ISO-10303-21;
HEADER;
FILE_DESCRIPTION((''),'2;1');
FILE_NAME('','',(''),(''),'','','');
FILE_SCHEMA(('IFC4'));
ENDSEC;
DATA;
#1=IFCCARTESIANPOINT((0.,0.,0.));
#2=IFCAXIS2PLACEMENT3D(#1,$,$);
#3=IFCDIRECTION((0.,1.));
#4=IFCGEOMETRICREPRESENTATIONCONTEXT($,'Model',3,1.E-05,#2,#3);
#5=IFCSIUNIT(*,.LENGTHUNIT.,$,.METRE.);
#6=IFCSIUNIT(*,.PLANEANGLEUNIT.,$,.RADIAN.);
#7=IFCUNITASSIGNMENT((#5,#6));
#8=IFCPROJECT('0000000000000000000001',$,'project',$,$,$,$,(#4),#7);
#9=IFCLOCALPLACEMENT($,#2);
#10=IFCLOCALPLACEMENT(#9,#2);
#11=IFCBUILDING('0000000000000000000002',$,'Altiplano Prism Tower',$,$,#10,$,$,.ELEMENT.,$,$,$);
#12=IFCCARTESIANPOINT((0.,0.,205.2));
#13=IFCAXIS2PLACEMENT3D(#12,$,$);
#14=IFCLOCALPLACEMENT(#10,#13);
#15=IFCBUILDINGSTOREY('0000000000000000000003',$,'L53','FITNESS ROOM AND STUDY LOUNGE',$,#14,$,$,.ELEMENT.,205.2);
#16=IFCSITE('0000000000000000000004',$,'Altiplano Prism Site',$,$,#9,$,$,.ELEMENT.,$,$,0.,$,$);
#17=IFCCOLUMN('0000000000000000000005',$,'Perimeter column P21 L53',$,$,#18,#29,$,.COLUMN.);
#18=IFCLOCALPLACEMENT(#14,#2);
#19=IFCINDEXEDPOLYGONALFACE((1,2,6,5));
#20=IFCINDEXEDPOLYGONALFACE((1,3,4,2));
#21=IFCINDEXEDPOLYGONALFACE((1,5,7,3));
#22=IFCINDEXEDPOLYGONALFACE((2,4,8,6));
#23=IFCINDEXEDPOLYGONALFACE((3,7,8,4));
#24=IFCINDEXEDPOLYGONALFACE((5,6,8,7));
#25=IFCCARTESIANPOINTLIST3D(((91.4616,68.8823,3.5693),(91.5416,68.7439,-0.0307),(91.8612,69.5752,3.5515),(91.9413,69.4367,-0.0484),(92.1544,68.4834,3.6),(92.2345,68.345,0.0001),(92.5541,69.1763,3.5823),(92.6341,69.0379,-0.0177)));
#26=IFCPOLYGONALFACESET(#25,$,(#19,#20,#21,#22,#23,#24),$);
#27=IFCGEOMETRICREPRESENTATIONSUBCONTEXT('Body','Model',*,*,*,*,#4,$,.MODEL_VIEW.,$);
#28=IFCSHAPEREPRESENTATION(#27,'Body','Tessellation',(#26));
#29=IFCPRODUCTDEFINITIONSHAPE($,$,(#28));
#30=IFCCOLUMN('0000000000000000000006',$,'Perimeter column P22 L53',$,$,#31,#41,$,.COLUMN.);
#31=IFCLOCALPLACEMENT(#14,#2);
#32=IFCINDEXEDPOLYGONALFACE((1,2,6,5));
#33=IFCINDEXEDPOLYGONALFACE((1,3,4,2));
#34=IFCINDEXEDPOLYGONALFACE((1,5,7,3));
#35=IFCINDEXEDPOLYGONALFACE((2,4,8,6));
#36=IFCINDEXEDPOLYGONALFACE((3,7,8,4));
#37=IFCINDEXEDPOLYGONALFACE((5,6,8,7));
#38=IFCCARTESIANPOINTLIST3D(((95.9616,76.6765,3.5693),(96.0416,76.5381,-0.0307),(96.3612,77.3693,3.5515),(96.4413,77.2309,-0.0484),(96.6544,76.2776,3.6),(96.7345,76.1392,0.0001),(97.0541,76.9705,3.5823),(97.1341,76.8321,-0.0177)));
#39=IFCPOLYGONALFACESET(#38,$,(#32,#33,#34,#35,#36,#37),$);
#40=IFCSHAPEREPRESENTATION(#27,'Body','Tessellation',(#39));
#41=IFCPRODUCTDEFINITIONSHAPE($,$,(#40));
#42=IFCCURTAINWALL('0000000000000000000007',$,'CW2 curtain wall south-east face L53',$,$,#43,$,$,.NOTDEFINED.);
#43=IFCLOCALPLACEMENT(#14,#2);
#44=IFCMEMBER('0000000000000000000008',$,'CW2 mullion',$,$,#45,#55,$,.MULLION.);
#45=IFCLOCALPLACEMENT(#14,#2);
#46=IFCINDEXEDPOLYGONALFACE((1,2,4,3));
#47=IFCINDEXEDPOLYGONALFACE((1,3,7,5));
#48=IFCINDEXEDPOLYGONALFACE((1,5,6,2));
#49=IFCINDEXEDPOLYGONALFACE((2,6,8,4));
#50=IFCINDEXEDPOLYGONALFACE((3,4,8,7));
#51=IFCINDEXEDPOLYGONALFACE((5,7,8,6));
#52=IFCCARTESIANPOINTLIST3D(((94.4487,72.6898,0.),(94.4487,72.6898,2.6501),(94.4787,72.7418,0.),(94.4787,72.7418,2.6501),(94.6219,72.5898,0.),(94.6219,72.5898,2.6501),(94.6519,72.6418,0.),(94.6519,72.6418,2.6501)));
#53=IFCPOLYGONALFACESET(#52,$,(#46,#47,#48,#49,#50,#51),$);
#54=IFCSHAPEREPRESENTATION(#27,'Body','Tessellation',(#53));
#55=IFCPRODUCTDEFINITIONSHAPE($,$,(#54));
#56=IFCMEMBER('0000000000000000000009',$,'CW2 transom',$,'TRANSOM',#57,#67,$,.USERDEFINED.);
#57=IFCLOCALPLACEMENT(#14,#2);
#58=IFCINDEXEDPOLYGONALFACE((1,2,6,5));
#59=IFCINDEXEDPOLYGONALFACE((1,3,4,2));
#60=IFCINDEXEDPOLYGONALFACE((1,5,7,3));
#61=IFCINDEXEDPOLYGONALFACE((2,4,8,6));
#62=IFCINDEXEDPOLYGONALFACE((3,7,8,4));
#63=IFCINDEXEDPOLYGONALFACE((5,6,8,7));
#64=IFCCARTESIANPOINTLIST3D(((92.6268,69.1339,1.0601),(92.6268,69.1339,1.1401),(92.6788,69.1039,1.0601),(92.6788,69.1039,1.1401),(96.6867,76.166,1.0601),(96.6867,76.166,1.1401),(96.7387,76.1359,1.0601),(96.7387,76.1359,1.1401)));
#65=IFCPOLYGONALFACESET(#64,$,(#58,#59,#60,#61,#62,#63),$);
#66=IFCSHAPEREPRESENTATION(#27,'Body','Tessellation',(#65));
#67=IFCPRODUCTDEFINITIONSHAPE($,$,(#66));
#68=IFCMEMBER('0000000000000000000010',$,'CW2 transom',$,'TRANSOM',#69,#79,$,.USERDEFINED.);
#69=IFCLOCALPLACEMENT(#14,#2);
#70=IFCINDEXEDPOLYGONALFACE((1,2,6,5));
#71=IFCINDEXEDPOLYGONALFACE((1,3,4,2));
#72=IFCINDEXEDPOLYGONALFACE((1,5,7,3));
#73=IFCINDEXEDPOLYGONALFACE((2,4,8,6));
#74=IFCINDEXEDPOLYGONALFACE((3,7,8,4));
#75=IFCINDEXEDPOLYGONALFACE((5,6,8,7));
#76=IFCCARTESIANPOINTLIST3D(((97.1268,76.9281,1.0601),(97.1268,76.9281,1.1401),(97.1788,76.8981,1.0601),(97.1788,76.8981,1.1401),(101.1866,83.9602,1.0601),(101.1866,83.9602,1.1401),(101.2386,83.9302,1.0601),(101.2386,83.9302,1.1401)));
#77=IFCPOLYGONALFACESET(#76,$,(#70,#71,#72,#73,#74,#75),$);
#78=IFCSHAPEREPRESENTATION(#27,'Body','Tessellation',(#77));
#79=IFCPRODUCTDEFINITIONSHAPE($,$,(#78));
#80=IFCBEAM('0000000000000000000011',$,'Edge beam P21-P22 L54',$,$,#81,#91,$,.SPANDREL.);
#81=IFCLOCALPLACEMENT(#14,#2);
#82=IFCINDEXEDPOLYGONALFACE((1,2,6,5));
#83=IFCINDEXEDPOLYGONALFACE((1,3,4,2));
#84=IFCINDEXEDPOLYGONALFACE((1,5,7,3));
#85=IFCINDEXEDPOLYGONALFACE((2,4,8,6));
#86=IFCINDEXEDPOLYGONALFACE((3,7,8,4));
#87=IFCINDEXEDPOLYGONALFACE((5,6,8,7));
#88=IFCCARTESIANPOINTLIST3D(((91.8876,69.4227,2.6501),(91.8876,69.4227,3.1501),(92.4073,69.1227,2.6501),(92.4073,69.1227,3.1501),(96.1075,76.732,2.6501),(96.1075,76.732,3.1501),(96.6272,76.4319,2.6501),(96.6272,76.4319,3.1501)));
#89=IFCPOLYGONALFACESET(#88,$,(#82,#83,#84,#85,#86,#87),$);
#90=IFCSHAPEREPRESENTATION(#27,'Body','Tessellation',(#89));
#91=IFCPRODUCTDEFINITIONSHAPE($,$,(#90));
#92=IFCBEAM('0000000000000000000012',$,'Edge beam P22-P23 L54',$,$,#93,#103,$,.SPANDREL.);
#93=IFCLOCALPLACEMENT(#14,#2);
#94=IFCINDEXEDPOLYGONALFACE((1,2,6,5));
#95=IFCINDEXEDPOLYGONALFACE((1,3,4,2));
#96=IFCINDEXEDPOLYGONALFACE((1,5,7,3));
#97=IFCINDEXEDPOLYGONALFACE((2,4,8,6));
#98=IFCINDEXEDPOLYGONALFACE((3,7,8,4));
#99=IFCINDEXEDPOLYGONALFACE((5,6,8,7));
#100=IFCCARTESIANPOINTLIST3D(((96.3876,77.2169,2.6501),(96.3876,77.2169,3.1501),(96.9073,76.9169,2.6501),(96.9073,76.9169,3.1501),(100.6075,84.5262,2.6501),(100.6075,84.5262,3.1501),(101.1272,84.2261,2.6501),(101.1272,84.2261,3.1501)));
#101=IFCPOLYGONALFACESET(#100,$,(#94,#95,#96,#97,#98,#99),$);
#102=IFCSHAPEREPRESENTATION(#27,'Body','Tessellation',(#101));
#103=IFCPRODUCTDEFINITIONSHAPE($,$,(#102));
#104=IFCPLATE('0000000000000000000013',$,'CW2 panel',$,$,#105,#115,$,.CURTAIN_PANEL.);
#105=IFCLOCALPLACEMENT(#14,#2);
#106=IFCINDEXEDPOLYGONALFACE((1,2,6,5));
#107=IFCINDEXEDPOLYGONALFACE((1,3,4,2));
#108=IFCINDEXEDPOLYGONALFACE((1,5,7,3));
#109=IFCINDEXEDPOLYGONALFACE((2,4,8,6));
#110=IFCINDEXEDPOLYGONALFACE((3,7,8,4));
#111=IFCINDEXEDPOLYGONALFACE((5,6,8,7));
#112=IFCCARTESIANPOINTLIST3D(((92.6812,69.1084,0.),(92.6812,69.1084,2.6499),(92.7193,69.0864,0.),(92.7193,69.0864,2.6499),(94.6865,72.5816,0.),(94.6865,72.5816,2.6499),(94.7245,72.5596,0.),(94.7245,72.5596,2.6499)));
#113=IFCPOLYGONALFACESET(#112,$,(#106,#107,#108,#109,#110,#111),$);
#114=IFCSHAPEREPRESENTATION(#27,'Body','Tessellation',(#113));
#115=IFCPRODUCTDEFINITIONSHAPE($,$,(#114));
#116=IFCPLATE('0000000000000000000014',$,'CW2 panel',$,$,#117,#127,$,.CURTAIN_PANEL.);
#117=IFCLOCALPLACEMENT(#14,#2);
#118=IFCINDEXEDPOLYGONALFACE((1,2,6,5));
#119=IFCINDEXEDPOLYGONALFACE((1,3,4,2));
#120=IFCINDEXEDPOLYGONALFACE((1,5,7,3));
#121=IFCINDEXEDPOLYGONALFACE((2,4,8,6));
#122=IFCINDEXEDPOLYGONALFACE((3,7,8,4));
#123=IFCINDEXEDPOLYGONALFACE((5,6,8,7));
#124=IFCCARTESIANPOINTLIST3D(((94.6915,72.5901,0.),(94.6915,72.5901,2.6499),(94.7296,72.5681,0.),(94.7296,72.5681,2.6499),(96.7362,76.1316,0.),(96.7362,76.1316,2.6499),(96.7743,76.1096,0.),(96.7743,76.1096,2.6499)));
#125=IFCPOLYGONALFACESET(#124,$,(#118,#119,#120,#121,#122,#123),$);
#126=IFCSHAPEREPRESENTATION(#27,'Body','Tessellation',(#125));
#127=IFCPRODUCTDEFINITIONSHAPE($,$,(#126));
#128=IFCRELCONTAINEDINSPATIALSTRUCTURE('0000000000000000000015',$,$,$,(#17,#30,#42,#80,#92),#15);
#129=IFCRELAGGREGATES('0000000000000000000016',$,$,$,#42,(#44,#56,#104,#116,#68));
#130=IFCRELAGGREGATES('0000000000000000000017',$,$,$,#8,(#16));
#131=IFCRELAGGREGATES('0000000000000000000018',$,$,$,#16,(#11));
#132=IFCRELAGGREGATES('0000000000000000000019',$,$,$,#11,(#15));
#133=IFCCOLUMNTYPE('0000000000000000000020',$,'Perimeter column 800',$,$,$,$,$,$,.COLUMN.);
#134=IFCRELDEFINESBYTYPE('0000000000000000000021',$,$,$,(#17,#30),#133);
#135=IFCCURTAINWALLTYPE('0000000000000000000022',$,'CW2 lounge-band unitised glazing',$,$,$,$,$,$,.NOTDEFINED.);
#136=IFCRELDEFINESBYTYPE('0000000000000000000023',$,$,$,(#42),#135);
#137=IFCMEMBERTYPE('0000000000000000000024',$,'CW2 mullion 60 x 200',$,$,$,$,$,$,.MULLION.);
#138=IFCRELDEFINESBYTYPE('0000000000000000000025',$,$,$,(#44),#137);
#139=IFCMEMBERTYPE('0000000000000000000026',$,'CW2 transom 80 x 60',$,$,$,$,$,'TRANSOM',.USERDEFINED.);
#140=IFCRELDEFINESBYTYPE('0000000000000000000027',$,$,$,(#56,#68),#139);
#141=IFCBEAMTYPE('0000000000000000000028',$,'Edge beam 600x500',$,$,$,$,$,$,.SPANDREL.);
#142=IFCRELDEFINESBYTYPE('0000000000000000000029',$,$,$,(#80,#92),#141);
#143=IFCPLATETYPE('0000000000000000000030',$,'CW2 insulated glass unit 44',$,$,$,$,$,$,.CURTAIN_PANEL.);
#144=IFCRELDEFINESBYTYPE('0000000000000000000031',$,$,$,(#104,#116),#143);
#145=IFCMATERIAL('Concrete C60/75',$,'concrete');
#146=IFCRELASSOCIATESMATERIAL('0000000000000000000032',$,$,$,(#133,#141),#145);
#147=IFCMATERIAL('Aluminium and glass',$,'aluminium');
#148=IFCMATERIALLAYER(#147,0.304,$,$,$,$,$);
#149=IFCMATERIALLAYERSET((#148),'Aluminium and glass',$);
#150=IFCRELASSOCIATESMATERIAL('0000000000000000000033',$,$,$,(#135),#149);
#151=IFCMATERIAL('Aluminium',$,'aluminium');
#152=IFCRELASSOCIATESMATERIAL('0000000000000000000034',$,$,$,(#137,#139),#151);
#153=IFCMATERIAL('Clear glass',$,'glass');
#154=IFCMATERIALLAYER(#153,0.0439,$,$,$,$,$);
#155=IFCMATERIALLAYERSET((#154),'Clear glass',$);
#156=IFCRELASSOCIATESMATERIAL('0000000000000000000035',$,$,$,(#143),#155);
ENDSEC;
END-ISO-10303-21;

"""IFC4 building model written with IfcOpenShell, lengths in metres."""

from ifc_helpers import new_model, si_unit, direction, frame, origin, origin_2d, place, context, subcontext, project, spatial, rectangle, extrude, material, layer, layer_set, material_profile, profile_set, type_object, element, aggregate, save


model = new_model("IFC4")

# Units and contexts
model_context = context("Model", 3, precision=1e-05, world=origin(), true_north=direction((0.0, 1.0)))
body_context = subcontext(model_context, "Body", "Model", "MODEL_VIEW")
ifc_project = project(units=[si_unit("LENGTHUNIT", "METRE"), si_unit("PLANEANGLEUNIT", "RADIAN")], contexts=[model_context])

# Site, building, storey
site_placement = place(None, origin())
site = spatial("IfcSite", under=ifc_project, at=site_placement, Name="Altiplano Prism Site", CompositionType="ELEMENT", RefElevation=0.0)
building_placement = place(site_placement, origin())
building = spatial("IfcBuilding", under=site, at=building_placement, Name="Altiplano Prism Tower", CompositionType="ELEMENT")
storey_placement = place(building_placement, frame((0.0, 0.0, 205.2)))
storey = spatial("IfcBuildingStorey", under=building, at=storey_placement, Name="L53", Description="FITNESS ROOM AND STUDY LOUNGE", CompositionType="ELEMENT", Elevation=205.2)

# Columns
ifc_material_1 = material(Name="Concrete C60/75", Category="concrete")
ifc_material_profile_1 = material_profile(ifc_material_1, rectangle(XDim=0.8, YDim=0.8, at=origin_2d()), Name="Perimeter column 800")
ifc_profile_set_1 = profile_set([ifc_material_profile_1], Name="Concrete C60/75")
column_type = type_object("IfcColumnType", Name="Perimeter column 800", PredefinedType="COLUMN", material=ifc_profile_set_1)
for number, where, z_axis, x_axis, name in (
    (1, (92.0879, 68.8909, -0.0242), (-0.022223, 0.038416, 0.999015), (-0.499513, -0.866022, 0.02219), "Perimeter column P21 L53"),
    (2, (96.5879, 76.6851, -0.0242), (-0.022223, 0.038416, 0.999015), (-0.499513, -0.866022, 0.02219), "Perimeter column P22 L53"),
):
    element("IfcColumn", number, at=place(storey_placement, frame(where, z_axis=z_axis, x_axis=x_axis)), inside=storey, type_object=column_type, Name=name, PredefinedType="COLUMN", context=body_context, shape_type="SweptSolid", body=[
        extrude(rectangle(XDim=0.8, YDim=0.8, at=origin_2d()), origin(), (0.0, 0.0, 1.0), 3.6035),
    ])

# Curtain wall, members
ifc_material_2 = material(Name="Aluminium and glass", Category="aluminium")
ifc_layer_1 = layer(ifc_material_2, 0.304)
ifc_layer_set_1 = layer_set([ifc_layer_1], Name="Aluminium and glass")
curtain_wall_type = type_object("IfcCurtainWallType", Name="CW2 lounge-band unitised glazing", PredefinedType="NOTDEFINED", material=ifc_layer_set_1)
curtain_wall_placement = place(storey_placement, origin())
curtain_wall = element("IfcCurtainWall", 3, at=curtain_wall_placement, inside=storey, type_object=curtain_wall_type, Name="CW2 curtain wall south-east face L53", PredefinedType="NOTDEFINED")
ifc_material_3 = material(Name="Aluminium", Category="aluminium")
ifc_material_profile_2 = material_profile(ifc_material_3, rectangle(XDim=0.2, YDim=0.0601, at=origin_2d()), Name="CW2 mullion 60 x 200")
ifc_profile_set_2 = profile_set([ifc_material_profile_2], Name="Aluminium")
member_type_1 = type_object("IfcMemberType", Name="CW2 mullion 60 x 200", PredefinedType="MULLION", material=ifc_profile_set_2)
member_1_placement = place(storey_placement, frame((94.5503, 72.6658, 0.0), z_axis=(0.0, 0.0, 1.0), x_axis=(-0.866025, 0.5, 0.0)))
member_1 = element("IfcMember", 4, at=member_1_placement, type_object=member_type_1, Name="CW2 mullion", PredefinedType="MULLION", context=body_context, shape_type="SweptSolid", body=[
    extrude(rectangle(XDim=0.2, YDim=0.0601, at=origin_2d()), origin(), (0.0, 0.0, 1.0), 2.6501),
])
ifc_material_profile_3 = material_profile(ifc_material_3, rectangle(XDim=0.0601, YDim=0.0801, at=origin_2d()), Name="CW2 transom 80 x 60")
ifc_profile_set_3 = profile_set([ifc_material_profile_3], Name="Aluminium")
member_type_2 = type_object("IfcMemberType", Name="CW2 transom 80 x 60", ElementType="TRANSOM", PredefinedType="USERDEFINED", material=ifc_profile_set_3)
member_2_placement = place(storey_placement, frame((92.6528, 69.1189, 1.1001), z_axis=(0.499991, 0.866031, 0.0), x_axis=(-0.866031, 0.499991, 0.0)))
member_2 = element("IfcMember", 5, at=member_2_placement, type_object=member_type_2, Name="CW2 transom", ObjectType="TRANSOM", PredefinedType="USERDEFINED", context=body_context, shape_type="SweptSolid", body=[
    extrude(rectangle(XDim=0.0601, YDim=0.0801, at=origin_2d()), origin(), (0.0, 0.0, 1.0), 8.1199),
])
member_3_placement = place(storey_placement, frame((97.1528, 76.9131, 1.1001), z_axis=(0.499978, 0.866038, 0.0), x_axis=(-0.866038, 0.499978, 0.0)))
member_3 = element("IfcMember", 6, at=member_3_placement, type_object=member_type_2, Name="CW2 transom", ObjectType="TRANSOM", PredefinedType="USERDEFINED", context=body_context, shape_type="SweptSolid", body=[
    extrude(rectangle(XDim=0.0601, YDim=0.0801, at=origin_2d()), origin(), (0.0, 0.0, 1.0), 8.1199),
])

# Beams
ifc_material_profile_4 = material_profile(ifc_material_1, rectangle(XDim=0.6001, YDim=0.5, at=origin_2d()), Name="Edge beam 600x500")
ifc_profile_set_4 = profile_set([ifc_material_profile_4], Name="Concrete C60/75")
beam_type = type_object("IfcBeamType", Name="Edge beam 600x500", PredefinedType="SPANDREL", material=ifc_profile_set_4)
for number, where, z_axis, x_axis, name in (
    (7, (92.1475, 69.2727, 2.9001), (0.499994, 0.866029, 0.0), (-0.866029, 0.499994, 0.0), "Edge beam P21-P22 L54"),
    (8, (96.6475, 77.0669, 2.9001), (0.499994, 0.866029, 0.0), (-0.866029, 0.499994, 0.0), "Edge beam P22-P23 L54"),
):
    element("IfcBeam", number, at=place(storey_placement, frame(where, z_axis=z_axis, x_axis=x_axis)), inside=storey, type_object=beam_type, Name=name, PredefinedType="SPANDREL", context=body_context, shape_type="SweptSolid", body=[
        extrude(rectangle(XDim=0.6001, YDim=0.5, at=origin_2d()), origin(), (0.0, 0.0, 1.0), 8.4399),
    ])

# Plates
ifc_material_4 = material(Name="Clear glass", Category="glass")
ifc_layer_2 = layer(ifc_material_4, 0.0439)
ifc_layer_set_2 = layer_set([ifc_layer_2], Name="Clear glass")
plate_type = type_object("IfcPlateType", Name="CW2 insulated glass unit 44", PredefinedType="CURTAIN_PANEL", material=ifc_layer_set_2)
plate_1_placement = place(storey_placement, frame((93.7029, 70.834, 0.0), z_axis=(0.0, 0.0, 1.0), x_axis=(0.5, 0.866025, 0.0)))
plate_1 = element("IfcPlate", 9, at=plate_1_placement, type_object=plate_type, Name="CW2 panel", PredefinedType="CURTAIN_PANEL", context=body_context, shape_type="SweptSolid", body=[
    extrude(rectangle(XDim=4.0105, YDim=0.0439, at=origin_2d()), origin(), (0.0, 0.0, 1.0), 2.6499),
])
plate_2_placement = place(storey_placement, frame((95.7329, 74.3499, 0.0), z_axis=(0.0, 0.0, 1.0), x_axis=(0.5, 0.866025, 0.0)))
plate_2 = element("IfcPlate", 10, at=plate_2_placement, type_object=plate_type, Name="CW2 panel", PredefinedType="CURTAIN_PANEL", context=body_context, shape_type="SweptSolid", body=[
    extrude(rectangle(XDim=4.0894, YDim=0.0439, at=origin_2d()), origin(), (0.0, 0.0, 1.0), 2.6499),
])
aggregate(curtain_wall, [member_1, member_2, plate_1, plate_2, member_3])

save(model, "model.ifc")
